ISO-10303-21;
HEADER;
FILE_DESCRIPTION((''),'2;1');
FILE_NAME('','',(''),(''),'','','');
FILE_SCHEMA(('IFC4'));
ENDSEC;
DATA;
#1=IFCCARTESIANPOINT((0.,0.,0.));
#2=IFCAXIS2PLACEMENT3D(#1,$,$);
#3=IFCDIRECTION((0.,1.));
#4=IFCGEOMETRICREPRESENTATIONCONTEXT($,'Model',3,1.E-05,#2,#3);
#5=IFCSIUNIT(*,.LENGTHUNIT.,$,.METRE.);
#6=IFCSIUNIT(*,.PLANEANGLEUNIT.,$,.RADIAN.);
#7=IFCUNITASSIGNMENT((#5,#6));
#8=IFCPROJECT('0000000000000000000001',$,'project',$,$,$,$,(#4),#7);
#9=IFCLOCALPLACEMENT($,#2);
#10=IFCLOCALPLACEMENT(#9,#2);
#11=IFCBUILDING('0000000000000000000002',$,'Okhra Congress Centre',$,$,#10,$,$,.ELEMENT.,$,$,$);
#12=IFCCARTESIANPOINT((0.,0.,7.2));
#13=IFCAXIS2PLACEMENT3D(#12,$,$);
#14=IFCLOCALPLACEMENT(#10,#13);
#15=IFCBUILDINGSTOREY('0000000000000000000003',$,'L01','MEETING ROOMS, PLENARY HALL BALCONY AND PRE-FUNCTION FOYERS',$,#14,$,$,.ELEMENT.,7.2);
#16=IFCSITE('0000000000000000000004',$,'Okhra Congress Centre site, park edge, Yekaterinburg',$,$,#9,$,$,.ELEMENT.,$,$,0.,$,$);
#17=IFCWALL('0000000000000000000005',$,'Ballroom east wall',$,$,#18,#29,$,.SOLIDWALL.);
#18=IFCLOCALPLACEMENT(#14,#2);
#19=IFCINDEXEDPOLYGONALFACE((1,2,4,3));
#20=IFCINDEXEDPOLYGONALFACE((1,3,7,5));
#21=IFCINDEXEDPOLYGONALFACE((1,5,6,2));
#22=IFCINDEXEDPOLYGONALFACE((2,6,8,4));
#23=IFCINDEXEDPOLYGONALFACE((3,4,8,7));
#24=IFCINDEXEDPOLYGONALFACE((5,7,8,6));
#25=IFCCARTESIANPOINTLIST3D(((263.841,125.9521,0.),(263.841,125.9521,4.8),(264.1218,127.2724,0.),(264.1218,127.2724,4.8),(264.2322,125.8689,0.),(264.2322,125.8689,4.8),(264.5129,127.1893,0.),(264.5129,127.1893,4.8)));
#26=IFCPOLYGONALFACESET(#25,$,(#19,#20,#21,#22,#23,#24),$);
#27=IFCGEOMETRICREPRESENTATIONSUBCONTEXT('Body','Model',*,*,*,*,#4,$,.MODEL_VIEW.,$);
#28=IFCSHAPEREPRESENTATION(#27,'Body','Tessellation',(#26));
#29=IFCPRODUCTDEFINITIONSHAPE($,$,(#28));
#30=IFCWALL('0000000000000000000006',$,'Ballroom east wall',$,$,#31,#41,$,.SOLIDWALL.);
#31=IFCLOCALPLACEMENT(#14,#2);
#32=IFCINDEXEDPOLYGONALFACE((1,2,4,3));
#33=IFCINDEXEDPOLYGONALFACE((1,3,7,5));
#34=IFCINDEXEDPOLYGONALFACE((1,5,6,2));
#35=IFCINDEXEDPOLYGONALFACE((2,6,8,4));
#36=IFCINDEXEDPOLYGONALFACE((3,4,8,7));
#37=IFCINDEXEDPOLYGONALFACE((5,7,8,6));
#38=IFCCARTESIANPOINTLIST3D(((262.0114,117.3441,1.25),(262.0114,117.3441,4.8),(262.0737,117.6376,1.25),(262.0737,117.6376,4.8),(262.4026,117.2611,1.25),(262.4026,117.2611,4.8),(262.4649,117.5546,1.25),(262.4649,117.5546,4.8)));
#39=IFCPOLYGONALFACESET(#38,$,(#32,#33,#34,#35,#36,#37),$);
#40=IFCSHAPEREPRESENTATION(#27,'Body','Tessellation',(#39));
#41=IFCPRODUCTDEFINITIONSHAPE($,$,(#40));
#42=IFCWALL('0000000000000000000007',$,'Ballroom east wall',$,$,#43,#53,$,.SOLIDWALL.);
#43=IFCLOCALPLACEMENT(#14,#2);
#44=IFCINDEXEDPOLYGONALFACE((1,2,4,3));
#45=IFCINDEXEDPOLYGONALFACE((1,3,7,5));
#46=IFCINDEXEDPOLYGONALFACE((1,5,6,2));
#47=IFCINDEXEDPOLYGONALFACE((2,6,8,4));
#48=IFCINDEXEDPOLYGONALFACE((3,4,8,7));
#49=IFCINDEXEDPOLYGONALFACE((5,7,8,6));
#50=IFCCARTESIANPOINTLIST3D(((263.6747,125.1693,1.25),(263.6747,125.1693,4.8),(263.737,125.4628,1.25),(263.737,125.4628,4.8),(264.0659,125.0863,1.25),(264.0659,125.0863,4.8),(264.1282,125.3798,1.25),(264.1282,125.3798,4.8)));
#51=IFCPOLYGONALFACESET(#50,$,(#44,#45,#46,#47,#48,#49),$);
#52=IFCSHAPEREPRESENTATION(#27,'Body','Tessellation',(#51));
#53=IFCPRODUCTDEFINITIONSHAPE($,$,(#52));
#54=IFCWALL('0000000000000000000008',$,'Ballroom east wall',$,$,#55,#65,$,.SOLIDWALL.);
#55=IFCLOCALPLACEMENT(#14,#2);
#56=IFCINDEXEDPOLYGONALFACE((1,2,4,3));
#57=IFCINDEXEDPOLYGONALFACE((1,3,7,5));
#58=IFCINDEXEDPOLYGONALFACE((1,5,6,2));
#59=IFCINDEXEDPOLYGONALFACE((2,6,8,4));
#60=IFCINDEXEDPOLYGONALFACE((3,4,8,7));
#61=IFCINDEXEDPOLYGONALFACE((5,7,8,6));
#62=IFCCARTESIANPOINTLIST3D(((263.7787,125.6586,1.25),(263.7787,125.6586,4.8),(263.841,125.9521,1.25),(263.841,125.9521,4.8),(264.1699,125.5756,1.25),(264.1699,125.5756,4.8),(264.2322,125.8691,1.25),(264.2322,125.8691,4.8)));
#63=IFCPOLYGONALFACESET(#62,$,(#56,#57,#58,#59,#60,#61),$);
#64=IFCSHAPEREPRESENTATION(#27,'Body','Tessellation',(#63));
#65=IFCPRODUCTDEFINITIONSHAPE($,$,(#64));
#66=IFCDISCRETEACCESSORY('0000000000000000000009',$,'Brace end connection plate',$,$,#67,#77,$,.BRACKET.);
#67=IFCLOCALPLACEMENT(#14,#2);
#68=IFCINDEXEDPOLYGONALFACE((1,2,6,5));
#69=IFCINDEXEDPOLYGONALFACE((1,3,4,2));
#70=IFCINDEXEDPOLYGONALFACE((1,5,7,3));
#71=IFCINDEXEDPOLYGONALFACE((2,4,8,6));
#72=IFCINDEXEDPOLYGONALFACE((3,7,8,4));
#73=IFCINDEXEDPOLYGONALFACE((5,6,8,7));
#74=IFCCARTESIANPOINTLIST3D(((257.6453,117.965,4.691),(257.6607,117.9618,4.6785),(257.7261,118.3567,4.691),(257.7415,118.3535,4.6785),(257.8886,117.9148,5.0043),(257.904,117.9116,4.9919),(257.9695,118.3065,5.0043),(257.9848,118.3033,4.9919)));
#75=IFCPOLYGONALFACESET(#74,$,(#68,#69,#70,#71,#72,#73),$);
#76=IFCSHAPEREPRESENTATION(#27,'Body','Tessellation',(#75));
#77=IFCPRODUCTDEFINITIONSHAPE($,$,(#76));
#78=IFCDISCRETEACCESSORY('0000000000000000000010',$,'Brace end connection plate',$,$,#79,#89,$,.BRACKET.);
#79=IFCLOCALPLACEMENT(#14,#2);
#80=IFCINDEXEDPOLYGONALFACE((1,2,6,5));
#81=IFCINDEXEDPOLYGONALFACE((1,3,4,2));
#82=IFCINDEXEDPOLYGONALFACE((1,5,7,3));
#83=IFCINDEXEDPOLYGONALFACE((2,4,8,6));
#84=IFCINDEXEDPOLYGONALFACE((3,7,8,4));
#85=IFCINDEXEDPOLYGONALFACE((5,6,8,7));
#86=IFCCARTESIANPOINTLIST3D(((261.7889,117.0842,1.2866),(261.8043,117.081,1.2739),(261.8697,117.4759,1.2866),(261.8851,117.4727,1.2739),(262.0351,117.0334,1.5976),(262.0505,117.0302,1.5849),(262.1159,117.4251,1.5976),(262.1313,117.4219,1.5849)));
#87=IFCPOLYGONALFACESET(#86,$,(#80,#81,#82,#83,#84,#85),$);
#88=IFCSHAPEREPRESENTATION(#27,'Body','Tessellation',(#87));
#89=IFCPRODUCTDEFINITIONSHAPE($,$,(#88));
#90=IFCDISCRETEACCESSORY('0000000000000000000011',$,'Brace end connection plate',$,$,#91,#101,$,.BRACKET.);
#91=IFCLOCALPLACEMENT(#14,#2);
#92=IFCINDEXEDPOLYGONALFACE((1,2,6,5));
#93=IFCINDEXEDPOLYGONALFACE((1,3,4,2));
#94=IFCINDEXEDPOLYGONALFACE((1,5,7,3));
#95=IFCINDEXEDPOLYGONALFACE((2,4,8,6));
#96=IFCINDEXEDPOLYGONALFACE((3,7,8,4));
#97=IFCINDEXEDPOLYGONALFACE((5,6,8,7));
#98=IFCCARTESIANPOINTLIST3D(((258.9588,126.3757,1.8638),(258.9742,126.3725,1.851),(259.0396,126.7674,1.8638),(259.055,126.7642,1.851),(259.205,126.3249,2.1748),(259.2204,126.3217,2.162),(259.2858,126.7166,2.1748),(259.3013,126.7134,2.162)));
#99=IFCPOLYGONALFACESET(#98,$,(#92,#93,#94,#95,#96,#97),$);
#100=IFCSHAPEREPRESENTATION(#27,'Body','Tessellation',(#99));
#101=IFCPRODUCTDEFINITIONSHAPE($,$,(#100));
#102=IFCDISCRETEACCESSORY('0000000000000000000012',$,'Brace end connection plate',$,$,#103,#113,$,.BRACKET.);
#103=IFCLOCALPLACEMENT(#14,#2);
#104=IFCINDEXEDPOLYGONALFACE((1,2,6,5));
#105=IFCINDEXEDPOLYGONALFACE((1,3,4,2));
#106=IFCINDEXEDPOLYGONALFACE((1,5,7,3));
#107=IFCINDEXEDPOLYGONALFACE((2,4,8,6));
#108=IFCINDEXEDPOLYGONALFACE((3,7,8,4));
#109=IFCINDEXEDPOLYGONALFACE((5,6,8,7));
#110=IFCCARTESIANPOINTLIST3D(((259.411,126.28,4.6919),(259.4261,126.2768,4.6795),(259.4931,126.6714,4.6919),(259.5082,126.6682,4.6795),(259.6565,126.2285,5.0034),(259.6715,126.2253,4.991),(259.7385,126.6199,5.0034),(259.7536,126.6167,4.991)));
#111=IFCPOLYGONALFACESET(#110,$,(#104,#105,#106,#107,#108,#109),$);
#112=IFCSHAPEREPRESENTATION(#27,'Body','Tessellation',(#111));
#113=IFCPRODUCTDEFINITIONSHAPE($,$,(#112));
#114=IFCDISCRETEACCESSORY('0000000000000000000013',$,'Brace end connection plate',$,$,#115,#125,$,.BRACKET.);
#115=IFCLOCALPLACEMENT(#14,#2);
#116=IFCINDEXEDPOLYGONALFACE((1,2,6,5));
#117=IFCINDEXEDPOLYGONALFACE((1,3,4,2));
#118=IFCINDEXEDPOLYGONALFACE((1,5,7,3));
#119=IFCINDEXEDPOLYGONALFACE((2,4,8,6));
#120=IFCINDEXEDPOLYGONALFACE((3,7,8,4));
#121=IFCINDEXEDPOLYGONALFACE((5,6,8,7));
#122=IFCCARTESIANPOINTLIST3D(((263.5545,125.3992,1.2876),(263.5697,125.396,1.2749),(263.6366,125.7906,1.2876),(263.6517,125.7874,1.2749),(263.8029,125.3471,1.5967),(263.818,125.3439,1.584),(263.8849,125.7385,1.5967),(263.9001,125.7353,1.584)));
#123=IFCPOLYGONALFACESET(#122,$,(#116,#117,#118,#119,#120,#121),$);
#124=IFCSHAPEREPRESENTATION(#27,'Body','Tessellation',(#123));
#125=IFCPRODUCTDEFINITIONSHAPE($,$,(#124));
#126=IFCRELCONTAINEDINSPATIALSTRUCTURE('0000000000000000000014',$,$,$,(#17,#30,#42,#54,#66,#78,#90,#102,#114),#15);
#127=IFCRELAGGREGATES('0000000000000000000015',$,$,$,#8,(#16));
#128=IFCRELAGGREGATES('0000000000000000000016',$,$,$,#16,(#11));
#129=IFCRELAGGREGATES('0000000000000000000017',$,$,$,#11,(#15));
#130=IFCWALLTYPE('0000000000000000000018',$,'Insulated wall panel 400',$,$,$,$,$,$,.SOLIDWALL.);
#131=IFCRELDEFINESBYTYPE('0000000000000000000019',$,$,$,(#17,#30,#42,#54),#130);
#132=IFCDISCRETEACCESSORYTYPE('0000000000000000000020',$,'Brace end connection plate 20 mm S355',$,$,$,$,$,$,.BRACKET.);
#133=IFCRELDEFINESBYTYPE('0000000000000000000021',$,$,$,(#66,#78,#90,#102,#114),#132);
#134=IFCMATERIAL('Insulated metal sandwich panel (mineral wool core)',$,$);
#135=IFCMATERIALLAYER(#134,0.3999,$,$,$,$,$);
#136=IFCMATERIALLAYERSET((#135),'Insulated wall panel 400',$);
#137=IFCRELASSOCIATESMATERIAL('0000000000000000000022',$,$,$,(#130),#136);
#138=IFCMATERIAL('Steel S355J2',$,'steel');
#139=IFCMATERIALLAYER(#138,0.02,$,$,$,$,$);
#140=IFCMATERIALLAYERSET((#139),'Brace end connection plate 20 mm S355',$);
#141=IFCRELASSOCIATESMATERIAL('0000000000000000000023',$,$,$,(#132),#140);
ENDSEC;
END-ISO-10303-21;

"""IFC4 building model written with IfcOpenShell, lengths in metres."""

from ifc_helpers import new_model, si_unit, direction, frame, frame_2d, origin, origin_2d, place, context, subcontext, project, spatial, rectangle, extrude, material, layer, layer_set, type_object, element, save


model = new_model("IFC4")

# Units and contexts
model_context = context("Model", 3, precision=1e-05, world=origin(), true_north=direction((0.0, 1.0)))
body_context = subcontext(model_context, "Body", "Model", "MODEL_VIEW")
ifc_project = project(units=[si_unit("LENGTHUNIT", "METRE"), si_unit("PLANEANGLEUNIT", "RADIAN")], contexts=[model_context])

# Site, building, storey
site_placement = place(None, origin())
site = spatial("IfcSite", under=ifc_project, at=site_placement, Name="Okhra Congress Centre site, park edge, Yekaterinburg", CompositionType="ELEMENT", RefElevation=0.0)
building_placement = place(site_placement, origin())
building = spatial("IfcBuilding", under=site, at=building_placement, Name="Okhra Congress Centre", CompositionType="ELEMENT")
storey_placement = place(building_placement, frame((0.0, 0.0, 7.2)))
storey = spatial("IfcBuildingStorey", under=building, at=storey_placement, Name="L01", Description="MEETING ROOMS, PLENARY HALL BALCONY AND PRE-FUNCTION FOYERS", CompositionType="ELEMENT", Elevation=7.2)

# Shared definitions
ifc_material_1 = material(Name="Steel S355J2", Category="steel")

# Walls
ifc_material_2 = material(Name="Insulated metal sandwich panel (mineral wool core)")
ifc_layer_1 = layer(ifc_material_2, 0.3999)
ifc_layer_set_1 = layer_set([ifc_layer_1], Name="Insulated wall panel 400")
wall_type_1 = type_object("IfcWallType", Name="Insulated wall panel 400", PredefinedType="SOLIDWALL", material=ifc_layer_set_1)
wall_1_placement = place(storey_placement, frame((264.0366, 125.9106, 0.0), z_axis=(0.0, 0.0, 1.0), x_axis=(0.207997, 0.978129, 0.0)))
element("IfcWall", 1, at=wall_1_placement, inside=storey, type_object=wall_type_1, Name="Ballroom east wall", PredefinedType="SOLIDWALL", context=body_context, shape_type="SweptSolid", body=[
    extrude(rectangle(XDim=1.3499, YDim=0.3999, at=frame_2d((0.6748, 0.0))), origin(), (0.0, 0.0, 1.0), 4.8),
])
for number, where, z_axis, x_axis, name in (
    (2, (262.207, 117.3027, 1.25), (0.0, 0.0, 1.0), (0.207528, 0.978229, 0.0), "Ballroom east wall"),
    (3, (263.8704, 125.1279, 1.25), (0.0, 0.0, 1.0), (0.207528, 0.978229, 0.0), "Ballroom east wall"),
    (4, (263.9744, 125.6172, 1.25), (0.0, 0.0, 1.0), (0.207528, 0.978229, 0.0), "Ballroom east wall"),
):
    element("IfcWall", number, at=place(storey_placement, frame(where, z_axis=z_axis, x_axis=x_axis)), inside=storey, type_object=wall_type_1, Name=name, PredefinedType="SOLIDWALL", context=body_context, shape_type="SweptSolid", body=[
        extrude(rectangle(XDim=0.3, YDim=0.3999, at=frame_2d((0.1499, 0.0))), origin(), (0.0, 0.0, 1.0), 3.55),
    ])

# Discrete accessories
ifc_layer_2 = layer(ifc_material_1, 0.02)
ifc_layer_set_2 = layer_set([ifc_layer_2], Name="Brace end connection plate 20 mm S355")
discrete_accessory_type = type_object("IfcDiscreteAccessoryType", Name="Brace end connection plate 20 mm S355", PredefinedType="BRACKET", material=ifc_layer_set_2)
discrete_accessory_1_placement = place(storey_placement, frame((257.8228, 118.1326, 4.8352), z_axis=(-0.767437, 0.15836, 0.621259), x_axis=(-0.202092, -0.979367, 0.0)))
element("IfcDiscreteAccessory", 5, at=discrete_accessory_1_placement, inside=storey, type_object=discrete_accessory_type, Name="Brace end connection plate", PredefinedType="BRACKET", context=body_context, shape_type="SweptSolid", body=[
    extrude(rectangle(XDim=0.3999, YDim=0.3999, at=origin_2d()), origin(), (0.0, 0.0, 1.0), 0.02),
])
for number, where, z_axis, x_axis, name in (
    (6, (261.9524, 117.2546, 1.4421), (0.761639, -0.157164, -0.628654), (0.202092, 0.979367, 0.0), "Brace end connection plate"),
    (7, (259.1223, 126.5461, 2.0193), (0.761639, -0.157164, -0.628654), (0.202092, 0.979367, 0.0), "Brace end connection plate"),
):
    element("IfcDiscreteAccessory", number, at=place(storey_placement, frame(where, z_axis=z_axis, x_axis=x_axis)), inside=storey, type_object=discrete_accessory_type, Name=name, PredefinedType="BRACKET", context=body_context, shape_type="SweptSolid", body=[
        extrude(rectangle(XDim=0.3999, YDim=0.3999, at=origin_2d()), origin(), (0.0, 0.0, 1.0), 0.0203),
    ])
discrete_accessory_2_placement = place(storey_placement, frame((259.5898, 126.4468, 4.8352), z_axis=(-0.762359, 0.159849, 0.627102), x_axis=(-0.205215, -0.978717, 0.0)))
element("IfcDiscreteAccessory", 8, at=discrete_accessory_2_placement, inside=storey, type_object=discrete_accessory_type, Name="Brace end connection plate", PredefinedType="BRACKET", context=body_context, shape_type="SweptSolid", body=[
    extrude(rectangle(XDim=0.3999, YDim=0.3999, at=origin_2d()), origin(), (0.0, 0.0, 1.0), 0.0198),
])
discrete_accessory_3_placement = place(storey_placement, frame((263.7197, 125.5688, 1.4421), z_axis=(0.756491, -0.158619, -0.634477), x_axis=(0.205215, 0.978717, 0.0)))
element("IfcDiscreteAccessory", 9, at=discrete_accessory_3_placement, inside=storey, type_object=discrete_accessory_type, Name="Brace end connection plate", PredefinedType="BRACKET", context=body_context, shape_type="SweptSolid", body=[
    extrude(rectangle(XDim=0.3999, YDim=0.3999, at=origin_2d()), origin(), (0.0, 0.0, 1.0), 0.02),
])

save(model, "model.ifc")
